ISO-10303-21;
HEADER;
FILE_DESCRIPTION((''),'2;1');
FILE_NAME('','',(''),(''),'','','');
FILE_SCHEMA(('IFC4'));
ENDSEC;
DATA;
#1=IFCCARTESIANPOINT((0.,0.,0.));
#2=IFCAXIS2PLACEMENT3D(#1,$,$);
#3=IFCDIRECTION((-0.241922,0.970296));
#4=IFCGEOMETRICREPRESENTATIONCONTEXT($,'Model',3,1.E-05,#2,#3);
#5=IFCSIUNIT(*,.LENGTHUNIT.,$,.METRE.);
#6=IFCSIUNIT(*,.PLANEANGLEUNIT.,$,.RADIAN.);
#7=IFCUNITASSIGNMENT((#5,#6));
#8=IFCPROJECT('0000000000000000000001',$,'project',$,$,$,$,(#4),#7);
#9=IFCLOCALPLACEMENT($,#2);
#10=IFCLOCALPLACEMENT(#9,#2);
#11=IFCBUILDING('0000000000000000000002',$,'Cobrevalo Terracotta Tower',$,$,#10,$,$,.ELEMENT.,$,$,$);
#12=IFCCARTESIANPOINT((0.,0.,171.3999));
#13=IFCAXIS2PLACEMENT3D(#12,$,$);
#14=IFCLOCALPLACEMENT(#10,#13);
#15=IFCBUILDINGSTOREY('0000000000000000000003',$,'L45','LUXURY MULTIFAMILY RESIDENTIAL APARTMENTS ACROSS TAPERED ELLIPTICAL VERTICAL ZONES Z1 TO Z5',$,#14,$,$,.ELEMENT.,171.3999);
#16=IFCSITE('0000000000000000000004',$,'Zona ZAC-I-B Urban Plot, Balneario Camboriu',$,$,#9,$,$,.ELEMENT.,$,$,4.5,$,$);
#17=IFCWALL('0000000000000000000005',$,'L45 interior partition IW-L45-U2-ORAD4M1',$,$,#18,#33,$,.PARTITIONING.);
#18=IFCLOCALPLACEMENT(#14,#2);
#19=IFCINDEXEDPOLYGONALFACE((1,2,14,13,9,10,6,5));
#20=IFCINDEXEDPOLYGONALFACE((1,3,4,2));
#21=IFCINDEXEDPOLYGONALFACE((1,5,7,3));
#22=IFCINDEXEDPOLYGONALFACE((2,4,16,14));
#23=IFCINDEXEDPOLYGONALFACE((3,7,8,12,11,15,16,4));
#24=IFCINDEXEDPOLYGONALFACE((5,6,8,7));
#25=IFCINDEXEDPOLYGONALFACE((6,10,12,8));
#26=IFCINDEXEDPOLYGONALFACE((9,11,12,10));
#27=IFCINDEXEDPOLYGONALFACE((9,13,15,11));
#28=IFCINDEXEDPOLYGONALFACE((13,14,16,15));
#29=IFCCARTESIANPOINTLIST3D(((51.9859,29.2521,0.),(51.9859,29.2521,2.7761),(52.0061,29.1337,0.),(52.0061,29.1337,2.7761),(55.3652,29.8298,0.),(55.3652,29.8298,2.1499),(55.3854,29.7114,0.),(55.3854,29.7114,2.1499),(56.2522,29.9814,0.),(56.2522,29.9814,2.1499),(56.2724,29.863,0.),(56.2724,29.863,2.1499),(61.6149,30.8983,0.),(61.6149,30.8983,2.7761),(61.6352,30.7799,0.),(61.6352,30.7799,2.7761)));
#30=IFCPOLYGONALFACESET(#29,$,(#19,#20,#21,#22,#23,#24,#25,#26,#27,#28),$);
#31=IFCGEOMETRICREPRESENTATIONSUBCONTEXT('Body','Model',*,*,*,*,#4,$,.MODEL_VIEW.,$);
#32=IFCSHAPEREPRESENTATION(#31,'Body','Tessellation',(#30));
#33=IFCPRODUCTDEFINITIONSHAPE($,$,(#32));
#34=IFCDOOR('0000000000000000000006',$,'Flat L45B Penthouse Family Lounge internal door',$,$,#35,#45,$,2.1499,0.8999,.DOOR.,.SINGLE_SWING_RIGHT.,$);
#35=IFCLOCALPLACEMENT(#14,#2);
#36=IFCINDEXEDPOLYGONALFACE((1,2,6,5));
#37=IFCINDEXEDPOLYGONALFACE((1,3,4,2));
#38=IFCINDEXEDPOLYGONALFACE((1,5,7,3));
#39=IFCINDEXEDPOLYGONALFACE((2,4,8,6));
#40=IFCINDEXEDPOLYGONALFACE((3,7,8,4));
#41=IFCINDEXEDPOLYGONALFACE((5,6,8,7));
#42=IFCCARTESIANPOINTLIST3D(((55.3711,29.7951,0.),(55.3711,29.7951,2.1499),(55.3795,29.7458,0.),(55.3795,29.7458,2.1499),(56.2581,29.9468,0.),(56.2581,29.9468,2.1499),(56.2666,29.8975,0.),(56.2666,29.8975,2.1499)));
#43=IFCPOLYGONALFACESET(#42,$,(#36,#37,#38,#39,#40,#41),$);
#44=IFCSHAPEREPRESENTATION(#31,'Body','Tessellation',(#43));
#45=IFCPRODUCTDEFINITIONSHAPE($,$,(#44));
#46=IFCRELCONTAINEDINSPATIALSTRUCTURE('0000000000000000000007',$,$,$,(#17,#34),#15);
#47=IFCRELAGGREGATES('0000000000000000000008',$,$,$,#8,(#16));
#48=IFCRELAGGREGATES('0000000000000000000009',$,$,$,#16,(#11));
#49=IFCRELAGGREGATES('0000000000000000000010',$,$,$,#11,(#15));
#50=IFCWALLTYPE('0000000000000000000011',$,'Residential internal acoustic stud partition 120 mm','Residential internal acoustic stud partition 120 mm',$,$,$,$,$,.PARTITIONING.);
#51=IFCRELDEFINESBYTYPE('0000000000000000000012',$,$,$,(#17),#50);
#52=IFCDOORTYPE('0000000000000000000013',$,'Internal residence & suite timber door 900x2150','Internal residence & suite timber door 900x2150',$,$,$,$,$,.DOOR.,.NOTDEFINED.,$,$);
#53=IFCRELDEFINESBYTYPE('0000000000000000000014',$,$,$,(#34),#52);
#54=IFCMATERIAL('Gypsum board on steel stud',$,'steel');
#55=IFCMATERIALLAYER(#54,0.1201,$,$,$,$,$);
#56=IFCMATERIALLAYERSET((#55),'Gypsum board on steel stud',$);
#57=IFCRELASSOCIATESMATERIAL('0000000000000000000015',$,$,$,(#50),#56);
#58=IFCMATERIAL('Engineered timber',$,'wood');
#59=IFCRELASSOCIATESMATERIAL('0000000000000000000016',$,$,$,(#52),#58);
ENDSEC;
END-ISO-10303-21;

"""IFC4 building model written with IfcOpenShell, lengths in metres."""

from ifc_helpers import new_model, si_unit, direction, frame, frame_2d, origin, place, context, subcontext, project, spatial, rectangle, extrude, source, transform, mapped, material, layer, layer_set, type_object, element, fill, save


model = new_model("IFC4")

# Units and contexts
model_context = context("Model", 3, precision=1e-05, world=origin(), true_north=direction((-0.241922, 0.970296)))
body_context = subcontext(model_context, "Body", "Model", "MODEL_VIEW")
ifc_project = project(units=[si_unit("LENGTHUNIT", "METRE"), si_unit("PLANEANGLEUNIT", "RADIAN")], contexts=[model_context])

# Site, building, storey
site_placement = place(None, origin())
site = spatial("IfcSite", under=ifc_project, at=site_placement, Name="Zona ZAC-I-B Urban Plot, Balneario Camboriu", CompositionType="ELEMENT", RefElevation=4.5)
building_placement = place(site_placement, origin())
building = spatial("IfcBuilding", under=site, at=building_placement, Name="Cobrevalo Terracotta Tower", CompositionType="ELEMENT")
storey_placement = place(building_placement, frame((0.0, 0.0, 171.3999)))
storey = spatial("IfcBuildingStorey", under=building, at=storey_placement, Name="L45", Description="LUXURY MULTIFAMILY RESIDENTIAL APARTMENTS ACROSS TAPERED ELLIPTICAL VERTICAL ZONES Z1 TO Z5", CompositionType="ELEMENT", Elevation=171.3999)

# Wall, opening, door
ifc_material_1 = material(Name="Gypsum board on steel stud", Category="steel")
ifc_layer_1 = layer(ifc_material_1, 0.1201)
ifc_layer_set_1 = layer_set([ifc_layer_1], Name="Gypsum board on steel stud")
wall_type = type_object("IfcWallType", Name="Residential internal acoustic stud partition 120 mm", Description="Residential internal acoustic stud partition 120 mm", PredefinedType="PARTITIONING", material=ifc_layer_set_1)
ifc_material_2 = material(Name="Engineered timber", Category="wood")
door_type = type_object("IfcDoorType", Name="Internal residence & suite timber door 900x2150", Description="Internal residence & suite timber door 900x2150", OperationType="NOTDEFINED", PredefinedType="DOOR", material=ifc_material_2)
shared_shape_1 = source(origin(), body_context, "Body", "SweptSolid", [
    extrude(rectangle(XDim=0.8999, YDim=2.1499, at=frame_2d((0.45, 1.075))), frame((0.0, 0.0249, 0.0), z_axis=(0.0, -1.0, 0.0), x_axis=(1.0, 0.0, 0.0)), (0.0, 0.0, 1.0), 0.05),
])
wall_1_placement = place(storey_placement, frame((51.9961, 29.1929, 0.0), z_axis=(0.0, 0.0, 1.0), x_axis=(0.985698, 0.168519, 0.0)))
wall_1 = element("IfcWall", 1, at=wall_1_placement, inside=storey, type_object=wall_type, Name="L45 interior partition IW-L45-U2-ORAD4M1", PredefinedType="PARTITIONING", context=body_context, shape_type="SweptSolid", body=[
    extrude(rectangle(XDim=9.7688, YDim=0.1201, at=frame_2d((4.8843, 0.0))), origin(), (0.0, 0.0, 1.0), 2.7761),
])
opening_1_placement = place(wall_1_placement, frame((3.4282, 0.0, 0.0)))
opening_1 = element("IfcOpeningElement", 2, at=opening_1_placement, cuts=wall_1, PredefinedType="OPENING", context=body_context, shape_type="SweptSolid", body=[
    extrude(rectangle(XDim=0.8999, YDim=2.1499, at=frame_2d((0.45, 1.075))), frame((0.0, 0.0701, 0.0), z_axis=(0.0, -1.0, 0.0), x_axis=(1.0, 0.0, 0.0)), (0.0, 0.0, 1.0), 0.1401),
])
door_1_placement = place(opening_1_placement, origin())
door_1 = element("IfcDoor", 3, at=door_1_placement, inside=storey, type_object=door_type, Name="Flat L45B Penthouse Family Lounge internal door", OperationType="SINGLE_SWING_RIGHT", OverallHeight=2.1499, OverallWidth=0.8999, PredefinedType="DOOR", context=body_context, shape_type="MappedRepresentation", body=[
    mapped(shared_shape_1, transform((0.0, 0.0, 0.0), scale=1.0)),
])
fill(opening_1, door_1)

save(model, "model.ifc")
